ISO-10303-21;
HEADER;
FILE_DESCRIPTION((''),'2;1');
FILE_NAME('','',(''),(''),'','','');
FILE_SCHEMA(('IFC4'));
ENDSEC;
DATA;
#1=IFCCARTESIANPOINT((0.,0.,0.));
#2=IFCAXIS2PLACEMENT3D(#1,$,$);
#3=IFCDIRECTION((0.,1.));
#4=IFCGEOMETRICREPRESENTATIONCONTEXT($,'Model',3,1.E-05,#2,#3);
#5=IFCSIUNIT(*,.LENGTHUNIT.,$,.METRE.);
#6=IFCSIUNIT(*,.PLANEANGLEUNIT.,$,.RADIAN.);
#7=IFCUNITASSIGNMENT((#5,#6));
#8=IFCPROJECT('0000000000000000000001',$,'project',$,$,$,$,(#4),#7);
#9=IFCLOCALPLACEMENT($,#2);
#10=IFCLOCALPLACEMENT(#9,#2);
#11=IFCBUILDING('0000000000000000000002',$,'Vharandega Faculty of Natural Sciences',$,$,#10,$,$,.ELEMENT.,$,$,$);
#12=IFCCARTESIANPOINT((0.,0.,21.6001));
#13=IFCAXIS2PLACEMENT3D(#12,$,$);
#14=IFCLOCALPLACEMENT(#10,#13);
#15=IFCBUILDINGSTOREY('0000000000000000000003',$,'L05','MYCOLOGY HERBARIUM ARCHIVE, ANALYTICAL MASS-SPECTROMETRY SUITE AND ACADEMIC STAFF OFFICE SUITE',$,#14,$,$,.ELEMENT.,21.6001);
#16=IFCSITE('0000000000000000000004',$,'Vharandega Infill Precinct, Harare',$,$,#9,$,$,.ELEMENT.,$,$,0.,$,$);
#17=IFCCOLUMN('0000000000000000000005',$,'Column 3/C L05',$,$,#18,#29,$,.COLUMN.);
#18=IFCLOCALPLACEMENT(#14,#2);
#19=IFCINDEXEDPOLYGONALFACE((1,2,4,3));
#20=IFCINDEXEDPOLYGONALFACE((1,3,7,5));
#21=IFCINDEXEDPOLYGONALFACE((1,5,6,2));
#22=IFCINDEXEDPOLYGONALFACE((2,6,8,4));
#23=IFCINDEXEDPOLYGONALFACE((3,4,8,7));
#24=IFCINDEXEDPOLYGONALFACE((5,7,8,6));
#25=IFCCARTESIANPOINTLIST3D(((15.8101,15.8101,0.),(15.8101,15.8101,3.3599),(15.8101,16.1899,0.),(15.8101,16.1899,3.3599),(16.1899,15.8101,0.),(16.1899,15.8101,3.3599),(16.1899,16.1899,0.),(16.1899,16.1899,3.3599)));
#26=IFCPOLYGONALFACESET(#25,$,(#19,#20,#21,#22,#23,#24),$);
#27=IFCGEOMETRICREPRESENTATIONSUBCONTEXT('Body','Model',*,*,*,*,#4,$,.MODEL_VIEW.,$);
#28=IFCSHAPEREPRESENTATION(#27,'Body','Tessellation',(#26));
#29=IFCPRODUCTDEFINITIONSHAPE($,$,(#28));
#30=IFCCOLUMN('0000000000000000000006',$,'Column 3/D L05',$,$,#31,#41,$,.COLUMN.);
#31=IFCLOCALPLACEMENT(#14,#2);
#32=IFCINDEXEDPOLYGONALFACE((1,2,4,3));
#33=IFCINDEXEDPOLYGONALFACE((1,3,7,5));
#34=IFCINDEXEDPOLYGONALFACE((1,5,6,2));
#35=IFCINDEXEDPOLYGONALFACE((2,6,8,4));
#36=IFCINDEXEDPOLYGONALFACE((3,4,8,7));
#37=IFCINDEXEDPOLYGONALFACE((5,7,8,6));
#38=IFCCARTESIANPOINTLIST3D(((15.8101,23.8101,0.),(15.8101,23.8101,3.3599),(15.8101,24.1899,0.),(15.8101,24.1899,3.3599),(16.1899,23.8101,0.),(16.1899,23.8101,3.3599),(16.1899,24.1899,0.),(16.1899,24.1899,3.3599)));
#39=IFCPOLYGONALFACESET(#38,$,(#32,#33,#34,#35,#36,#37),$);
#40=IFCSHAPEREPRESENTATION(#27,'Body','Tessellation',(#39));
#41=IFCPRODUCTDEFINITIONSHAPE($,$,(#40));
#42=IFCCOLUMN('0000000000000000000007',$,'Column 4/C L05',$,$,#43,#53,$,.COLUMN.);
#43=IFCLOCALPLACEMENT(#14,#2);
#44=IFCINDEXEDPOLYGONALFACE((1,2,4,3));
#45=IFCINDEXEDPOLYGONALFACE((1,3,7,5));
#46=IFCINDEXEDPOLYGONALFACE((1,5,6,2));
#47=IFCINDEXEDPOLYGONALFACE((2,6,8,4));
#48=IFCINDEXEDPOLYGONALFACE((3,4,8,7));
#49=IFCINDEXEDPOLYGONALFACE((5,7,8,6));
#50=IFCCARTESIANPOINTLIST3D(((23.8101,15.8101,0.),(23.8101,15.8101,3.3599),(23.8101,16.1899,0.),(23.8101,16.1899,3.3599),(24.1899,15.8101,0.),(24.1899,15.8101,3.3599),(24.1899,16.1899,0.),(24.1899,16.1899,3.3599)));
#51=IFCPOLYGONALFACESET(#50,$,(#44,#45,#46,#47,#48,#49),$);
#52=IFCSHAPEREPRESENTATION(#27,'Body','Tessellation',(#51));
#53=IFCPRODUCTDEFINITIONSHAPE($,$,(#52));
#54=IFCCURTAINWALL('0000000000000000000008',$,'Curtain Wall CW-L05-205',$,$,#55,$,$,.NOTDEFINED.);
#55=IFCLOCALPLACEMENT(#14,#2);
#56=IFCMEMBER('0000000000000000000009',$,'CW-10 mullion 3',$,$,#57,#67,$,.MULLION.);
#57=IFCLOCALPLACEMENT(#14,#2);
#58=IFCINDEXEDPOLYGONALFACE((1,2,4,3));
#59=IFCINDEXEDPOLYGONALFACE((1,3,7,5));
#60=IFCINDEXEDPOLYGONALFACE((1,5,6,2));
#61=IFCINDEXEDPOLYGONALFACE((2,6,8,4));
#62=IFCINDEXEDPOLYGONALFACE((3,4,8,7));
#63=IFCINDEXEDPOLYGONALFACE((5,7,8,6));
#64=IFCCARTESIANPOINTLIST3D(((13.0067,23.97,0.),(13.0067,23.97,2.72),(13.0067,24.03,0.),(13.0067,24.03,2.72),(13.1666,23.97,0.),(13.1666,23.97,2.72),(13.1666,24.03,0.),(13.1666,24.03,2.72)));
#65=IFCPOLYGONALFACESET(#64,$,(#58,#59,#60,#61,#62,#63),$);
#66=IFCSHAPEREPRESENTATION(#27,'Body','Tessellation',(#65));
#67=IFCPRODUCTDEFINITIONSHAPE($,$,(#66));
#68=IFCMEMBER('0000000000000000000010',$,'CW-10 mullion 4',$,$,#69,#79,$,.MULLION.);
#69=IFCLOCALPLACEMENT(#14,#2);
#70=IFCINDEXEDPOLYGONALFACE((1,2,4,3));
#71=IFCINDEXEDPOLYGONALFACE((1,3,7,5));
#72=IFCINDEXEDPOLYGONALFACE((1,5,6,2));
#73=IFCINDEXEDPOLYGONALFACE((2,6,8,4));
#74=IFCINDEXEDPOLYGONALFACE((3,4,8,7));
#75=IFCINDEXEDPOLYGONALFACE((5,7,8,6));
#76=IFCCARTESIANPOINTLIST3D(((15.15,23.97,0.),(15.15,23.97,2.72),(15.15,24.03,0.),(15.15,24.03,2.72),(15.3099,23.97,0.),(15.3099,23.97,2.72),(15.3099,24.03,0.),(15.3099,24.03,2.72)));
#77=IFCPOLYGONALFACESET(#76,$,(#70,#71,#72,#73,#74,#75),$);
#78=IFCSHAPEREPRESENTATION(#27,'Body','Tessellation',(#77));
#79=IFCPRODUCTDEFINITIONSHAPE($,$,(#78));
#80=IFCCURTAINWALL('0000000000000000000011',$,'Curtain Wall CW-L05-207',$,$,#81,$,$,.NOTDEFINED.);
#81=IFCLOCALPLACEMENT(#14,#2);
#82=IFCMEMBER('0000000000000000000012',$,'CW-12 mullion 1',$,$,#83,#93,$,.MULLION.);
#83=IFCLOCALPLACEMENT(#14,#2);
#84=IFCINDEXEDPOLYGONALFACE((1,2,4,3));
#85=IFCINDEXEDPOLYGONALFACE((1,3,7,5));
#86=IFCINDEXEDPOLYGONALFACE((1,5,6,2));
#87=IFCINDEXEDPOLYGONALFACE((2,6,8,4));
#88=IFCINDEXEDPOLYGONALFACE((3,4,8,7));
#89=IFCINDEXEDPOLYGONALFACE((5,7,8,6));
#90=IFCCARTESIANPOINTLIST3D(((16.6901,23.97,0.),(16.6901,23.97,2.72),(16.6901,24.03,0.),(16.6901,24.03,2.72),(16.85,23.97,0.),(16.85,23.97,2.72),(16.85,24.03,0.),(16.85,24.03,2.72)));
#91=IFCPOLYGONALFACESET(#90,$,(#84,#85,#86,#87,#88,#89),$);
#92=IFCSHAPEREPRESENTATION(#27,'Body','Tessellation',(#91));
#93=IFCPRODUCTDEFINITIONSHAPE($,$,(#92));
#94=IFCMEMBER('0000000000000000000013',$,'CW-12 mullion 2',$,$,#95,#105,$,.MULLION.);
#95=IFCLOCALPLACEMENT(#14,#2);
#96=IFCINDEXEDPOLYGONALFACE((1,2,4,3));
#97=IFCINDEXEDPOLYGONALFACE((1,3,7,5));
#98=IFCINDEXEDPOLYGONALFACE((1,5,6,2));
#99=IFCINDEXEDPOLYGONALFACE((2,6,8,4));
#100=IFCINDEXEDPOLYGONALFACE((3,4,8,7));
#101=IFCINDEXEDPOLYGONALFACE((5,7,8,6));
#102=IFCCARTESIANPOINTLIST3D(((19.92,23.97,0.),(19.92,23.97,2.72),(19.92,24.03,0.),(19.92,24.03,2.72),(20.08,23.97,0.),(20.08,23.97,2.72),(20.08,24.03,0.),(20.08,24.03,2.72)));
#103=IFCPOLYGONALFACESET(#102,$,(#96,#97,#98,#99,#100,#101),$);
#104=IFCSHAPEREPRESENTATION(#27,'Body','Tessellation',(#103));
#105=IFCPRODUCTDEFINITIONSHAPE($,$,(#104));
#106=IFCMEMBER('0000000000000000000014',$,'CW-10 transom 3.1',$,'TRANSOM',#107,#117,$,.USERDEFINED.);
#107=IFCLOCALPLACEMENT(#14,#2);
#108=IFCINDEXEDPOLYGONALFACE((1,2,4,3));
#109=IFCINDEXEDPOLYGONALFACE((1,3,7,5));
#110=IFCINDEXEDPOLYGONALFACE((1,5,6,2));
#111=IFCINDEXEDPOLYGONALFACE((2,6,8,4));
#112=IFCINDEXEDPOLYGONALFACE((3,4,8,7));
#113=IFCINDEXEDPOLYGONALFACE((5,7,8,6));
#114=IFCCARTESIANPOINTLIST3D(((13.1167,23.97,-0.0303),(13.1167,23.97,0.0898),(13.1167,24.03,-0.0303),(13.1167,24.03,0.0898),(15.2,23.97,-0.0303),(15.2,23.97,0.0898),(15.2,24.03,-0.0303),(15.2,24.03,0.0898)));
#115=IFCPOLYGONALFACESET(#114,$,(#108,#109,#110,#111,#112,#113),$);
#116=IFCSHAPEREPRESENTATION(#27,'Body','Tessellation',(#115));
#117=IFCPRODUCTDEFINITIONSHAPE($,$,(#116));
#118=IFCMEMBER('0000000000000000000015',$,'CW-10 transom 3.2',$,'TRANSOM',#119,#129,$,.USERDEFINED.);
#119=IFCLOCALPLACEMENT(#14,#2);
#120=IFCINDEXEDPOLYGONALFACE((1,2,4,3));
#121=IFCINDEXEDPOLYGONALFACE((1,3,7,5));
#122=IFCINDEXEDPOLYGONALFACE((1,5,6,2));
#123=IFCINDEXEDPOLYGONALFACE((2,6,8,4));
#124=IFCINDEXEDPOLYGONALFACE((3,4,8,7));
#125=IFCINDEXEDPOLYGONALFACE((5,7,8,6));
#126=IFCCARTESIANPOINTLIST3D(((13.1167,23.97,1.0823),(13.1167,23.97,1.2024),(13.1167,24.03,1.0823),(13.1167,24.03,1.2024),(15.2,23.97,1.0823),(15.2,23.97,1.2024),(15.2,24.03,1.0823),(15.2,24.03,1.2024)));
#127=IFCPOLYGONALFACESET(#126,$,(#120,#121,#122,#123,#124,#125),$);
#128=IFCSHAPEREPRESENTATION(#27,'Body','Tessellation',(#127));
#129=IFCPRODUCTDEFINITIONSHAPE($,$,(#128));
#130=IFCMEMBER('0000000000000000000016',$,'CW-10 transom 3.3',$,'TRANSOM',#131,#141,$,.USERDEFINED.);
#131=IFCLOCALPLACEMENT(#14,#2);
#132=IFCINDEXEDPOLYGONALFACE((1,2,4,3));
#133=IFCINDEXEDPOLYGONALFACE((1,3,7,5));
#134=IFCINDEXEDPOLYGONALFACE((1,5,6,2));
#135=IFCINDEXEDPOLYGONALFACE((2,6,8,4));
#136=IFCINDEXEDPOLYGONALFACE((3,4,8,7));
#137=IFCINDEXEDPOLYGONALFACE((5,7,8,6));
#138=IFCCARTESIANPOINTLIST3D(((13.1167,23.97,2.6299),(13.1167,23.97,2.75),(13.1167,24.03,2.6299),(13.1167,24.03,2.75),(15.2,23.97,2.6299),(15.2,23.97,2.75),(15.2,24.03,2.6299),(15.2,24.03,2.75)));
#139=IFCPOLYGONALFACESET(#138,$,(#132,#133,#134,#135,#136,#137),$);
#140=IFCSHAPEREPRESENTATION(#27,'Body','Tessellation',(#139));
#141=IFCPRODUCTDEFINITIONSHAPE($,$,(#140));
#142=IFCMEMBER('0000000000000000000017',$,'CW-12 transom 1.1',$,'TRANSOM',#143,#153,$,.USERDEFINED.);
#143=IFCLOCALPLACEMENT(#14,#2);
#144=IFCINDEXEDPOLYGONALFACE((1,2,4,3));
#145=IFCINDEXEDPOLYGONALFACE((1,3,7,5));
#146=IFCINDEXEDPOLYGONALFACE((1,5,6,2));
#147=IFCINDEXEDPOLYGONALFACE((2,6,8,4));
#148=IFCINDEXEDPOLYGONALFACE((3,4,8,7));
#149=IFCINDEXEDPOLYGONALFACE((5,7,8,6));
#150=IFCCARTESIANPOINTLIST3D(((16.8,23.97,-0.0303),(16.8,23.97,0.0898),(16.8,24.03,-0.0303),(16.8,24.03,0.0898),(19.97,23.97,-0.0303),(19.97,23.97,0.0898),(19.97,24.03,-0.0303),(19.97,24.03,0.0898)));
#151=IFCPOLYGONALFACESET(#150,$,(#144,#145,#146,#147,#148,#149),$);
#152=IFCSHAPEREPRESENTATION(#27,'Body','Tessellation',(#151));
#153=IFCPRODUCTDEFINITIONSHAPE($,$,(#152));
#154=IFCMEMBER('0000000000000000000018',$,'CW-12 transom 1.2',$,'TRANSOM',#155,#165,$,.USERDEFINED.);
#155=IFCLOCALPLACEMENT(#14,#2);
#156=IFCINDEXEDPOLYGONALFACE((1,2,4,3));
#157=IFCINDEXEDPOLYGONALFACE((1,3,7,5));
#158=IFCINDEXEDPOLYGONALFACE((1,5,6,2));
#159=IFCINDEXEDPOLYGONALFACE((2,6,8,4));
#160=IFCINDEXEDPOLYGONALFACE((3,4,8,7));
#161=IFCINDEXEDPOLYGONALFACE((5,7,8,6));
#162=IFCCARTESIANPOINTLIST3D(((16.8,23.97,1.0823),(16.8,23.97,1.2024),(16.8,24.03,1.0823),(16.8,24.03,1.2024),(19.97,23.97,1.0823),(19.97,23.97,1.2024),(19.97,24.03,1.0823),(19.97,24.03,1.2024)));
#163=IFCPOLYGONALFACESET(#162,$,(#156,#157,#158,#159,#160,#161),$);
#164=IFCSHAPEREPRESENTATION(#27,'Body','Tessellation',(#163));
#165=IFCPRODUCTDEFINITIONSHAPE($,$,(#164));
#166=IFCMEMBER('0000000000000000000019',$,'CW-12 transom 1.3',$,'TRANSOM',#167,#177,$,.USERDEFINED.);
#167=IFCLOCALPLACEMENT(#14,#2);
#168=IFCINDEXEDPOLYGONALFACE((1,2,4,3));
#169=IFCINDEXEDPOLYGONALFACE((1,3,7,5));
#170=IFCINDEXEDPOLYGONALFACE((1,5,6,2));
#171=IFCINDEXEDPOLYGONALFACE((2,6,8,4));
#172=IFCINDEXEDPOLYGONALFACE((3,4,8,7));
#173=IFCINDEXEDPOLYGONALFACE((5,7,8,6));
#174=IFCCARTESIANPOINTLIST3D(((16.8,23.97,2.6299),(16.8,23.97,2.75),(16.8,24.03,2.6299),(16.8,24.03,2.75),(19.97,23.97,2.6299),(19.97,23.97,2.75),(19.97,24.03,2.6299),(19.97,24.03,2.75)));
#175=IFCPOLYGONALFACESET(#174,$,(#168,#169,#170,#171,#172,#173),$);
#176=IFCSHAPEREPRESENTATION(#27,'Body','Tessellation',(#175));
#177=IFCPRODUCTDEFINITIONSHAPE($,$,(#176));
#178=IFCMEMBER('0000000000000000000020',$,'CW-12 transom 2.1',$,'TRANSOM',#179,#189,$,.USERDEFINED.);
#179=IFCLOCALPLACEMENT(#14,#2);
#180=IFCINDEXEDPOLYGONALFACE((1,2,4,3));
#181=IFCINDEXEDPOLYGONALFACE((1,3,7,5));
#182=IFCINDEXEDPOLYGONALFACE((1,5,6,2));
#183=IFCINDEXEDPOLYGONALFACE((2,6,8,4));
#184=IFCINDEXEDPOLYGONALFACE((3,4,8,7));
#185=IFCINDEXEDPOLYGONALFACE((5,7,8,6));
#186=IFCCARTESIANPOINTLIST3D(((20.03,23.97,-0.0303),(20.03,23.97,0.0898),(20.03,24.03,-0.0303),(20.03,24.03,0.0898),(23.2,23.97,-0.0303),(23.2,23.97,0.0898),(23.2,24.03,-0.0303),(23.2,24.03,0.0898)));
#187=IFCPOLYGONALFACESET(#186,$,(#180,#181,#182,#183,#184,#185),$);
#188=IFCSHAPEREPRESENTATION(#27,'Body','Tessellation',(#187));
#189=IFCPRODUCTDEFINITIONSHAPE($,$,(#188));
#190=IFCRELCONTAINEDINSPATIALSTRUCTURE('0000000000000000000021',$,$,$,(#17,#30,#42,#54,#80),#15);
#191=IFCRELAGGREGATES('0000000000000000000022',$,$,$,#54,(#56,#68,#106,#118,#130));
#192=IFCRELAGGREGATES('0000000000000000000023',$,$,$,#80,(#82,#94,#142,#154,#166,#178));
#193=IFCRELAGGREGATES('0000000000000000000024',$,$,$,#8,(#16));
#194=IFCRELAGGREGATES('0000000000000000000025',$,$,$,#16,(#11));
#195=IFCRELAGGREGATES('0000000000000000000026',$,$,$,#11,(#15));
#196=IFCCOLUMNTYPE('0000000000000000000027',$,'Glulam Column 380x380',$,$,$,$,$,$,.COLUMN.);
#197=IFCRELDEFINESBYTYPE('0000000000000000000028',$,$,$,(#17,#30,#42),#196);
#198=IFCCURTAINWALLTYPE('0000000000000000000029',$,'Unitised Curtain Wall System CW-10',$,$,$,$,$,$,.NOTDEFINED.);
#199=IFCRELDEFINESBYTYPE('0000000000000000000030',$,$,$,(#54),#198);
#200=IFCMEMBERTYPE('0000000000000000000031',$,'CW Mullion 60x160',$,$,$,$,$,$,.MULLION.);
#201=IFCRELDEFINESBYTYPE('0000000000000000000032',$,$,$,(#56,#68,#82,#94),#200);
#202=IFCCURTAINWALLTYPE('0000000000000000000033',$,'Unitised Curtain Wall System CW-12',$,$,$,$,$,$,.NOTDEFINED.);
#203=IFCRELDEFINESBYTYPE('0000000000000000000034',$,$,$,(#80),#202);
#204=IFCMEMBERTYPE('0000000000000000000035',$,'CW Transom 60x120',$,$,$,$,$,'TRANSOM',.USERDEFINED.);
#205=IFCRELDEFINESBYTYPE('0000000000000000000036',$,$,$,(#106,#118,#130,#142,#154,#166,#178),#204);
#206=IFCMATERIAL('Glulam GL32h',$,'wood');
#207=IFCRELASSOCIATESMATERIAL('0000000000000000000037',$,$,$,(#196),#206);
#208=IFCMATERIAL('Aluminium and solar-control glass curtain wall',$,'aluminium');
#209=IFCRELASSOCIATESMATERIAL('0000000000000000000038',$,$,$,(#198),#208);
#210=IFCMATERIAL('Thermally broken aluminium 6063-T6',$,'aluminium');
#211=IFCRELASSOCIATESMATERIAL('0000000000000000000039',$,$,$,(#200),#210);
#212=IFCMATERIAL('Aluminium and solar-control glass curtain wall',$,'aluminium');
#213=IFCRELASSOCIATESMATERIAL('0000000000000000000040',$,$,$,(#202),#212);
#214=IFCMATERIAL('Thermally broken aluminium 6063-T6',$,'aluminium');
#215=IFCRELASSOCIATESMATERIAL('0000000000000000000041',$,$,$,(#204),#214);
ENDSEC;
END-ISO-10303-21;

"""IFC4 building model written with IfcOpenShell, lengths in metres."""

from ifc_helpers import new_model, si_unit, direction, frame, origin, origin_2d, place, context, subcontext, project, spatial, rectangle, extrude, material, material_profile, profile_set, type_object, element, aggregate, save


model = new_model("IFC4")

# Units and contexts
model_context = context("Model", 3, precision=1e-05, world=origin(), true_north=direction((0.0, 1.0)))
body_context = subcontext(model_context, "Body", "Model", "MODEL_VIEW")
ifc_project = project(units=[si_unit("LENGTHUNIT", "METRE"), si_unit("PLANEANGLEUNIT", "RADIAN")], contexts=[model_context])

# Site, building, storey
site_placement = place(None, origin())
site = spatial("IfcSite", under=ifc_project, at=site_placement, Name="Vharandega Infill Precinct, Harare", CompositionType="ELEMENT", RefElevation=0.0)
building_placement = place(site_placement, origin())
building = spatial("IfcBuilding", under=site, at=building_placement, Name="Vharandega Faculty of Natural Sciences", CompositionType="ELEMENT")
storey_placement = place(building_placement, frame((0.0, 0.0, 21.6001)))
storey = spatial("IfcBuildingStorey", under=building, at=storey_placement, Name="L05", Description="MYCOLOGY HERBARIUM ARCHIVE, ANALYTICAL MASS-SPECTROMETRY SUITE AND ACADEMIC STAFF OFFICE SUITE", CompositionType="ELEMENT", Elevation=21.6001)

# Columns
ifc_material_1 = material(Name="Glulam GL32h", Category="wood")
ifc_material_profile_1 = material_profile(ifc_material_1, rectangle(XDim=0.3799, YDim=0.3799, at=origin_2d()), Name="GL32h 380x380")
ifc_profile_set_1 = profile_set([ifc_material_profile_1], Name="Glulam GL32h")
column_type = type_object("IfcColumnType", Name="Glulam Column 380x380", PredefinedType="COLUMN", material=ifc_profile_set_1)
for number, where, z_axis, x_axis, name in (
    (1, (16.0, 16.0, 0.0), (0.0, 0.0, 1.0), (1.0, 0.0, 0.0), "Column 3/C L05"),
    (2, (16.0, 24.0, 0.0), (0.0, 0.0, 1.0), (1.0, 0.0, 0.0), "Column 3/D L05"),
    (3, (24.0, 16.0, 0.0), (0.0, 0.0, 1.0), (1.0, 0.0, 0.0), "Column 4/C L05"),
):
    element("IfcColumn", number, at=place(storey_placement, frame(where, z_axis=z_axis, x_axis=x_axis)), inside=storey, type_object=column_type, Name=name, PredefinedType="COLUMN", context=body_context, shape_type="SweptSolid", body=[
        extrude(rectangle(XDim=0.3799, YDim=0.3799, at=origin_2d()), origin(), (0.0, 0.0, 1.0), 3.3599),
    ])

# Curtain walls, members
ifc_material_2 = material(Name="Aluminium and solar-control glass curtain wall", Category="aluminium")
curtain_wall_type_1 = type_object("IfcCurtainWallType", Name="Unitised Curtain Wall System CW-10", PredefinedType="NOTDEFINED", material=ifc_material_2)
curtain_wall_1_placement = place(storey_placement, origin())
curtain_wall_1 = element("IfcCurtainWall", 4, at=curtain_wall_1_placement, inside=storey, type_object=curtain_wall_type_1, Name="Curtain Wall CW-L05-205", PredefinedType="NOTDEFINED")
ifc_material_3 = material(Name="Thermally broken aluminium 6063-T6", Category="aluminium")
ifc_material_profile_2 = material_profile(ifc_material_3, rectangle(XDim=0.0601, YDim=0.1599, at=origin_2d()), Name="ALU 60x160")
ifc_profile_set_2 = profile_set([ifc_material_profile_2], Name="Thermally broken aluminium 6063-T6")
member_type_1 = type_object("IfcMemberType", Name="CW Mullion 60x160", PredefinedType="MULLION", material=ifc_profile_set_2)
member_1_placement = place(storey_placement, frame((13.0867, 24.0, 0.0), z_axis=(0.0, 0.0, 1.0), x_axis=(0.0, 1.0, 0.0)))
member_1 = element("IfcMember", 5, at=member_1_placement, type_object=member_type_1, Name="CW-10 mullion 3", PredefinedType="MULLION", context=body_context, shape_type="SweptSolid", body=[
    extrude(rectangle(XDim=0.0601, YDim=0.1599, at=origin_2d()), origin(), (0.0, 0.0, 1.0), 2.72),
])
member_2_placement = place(storey_placement, frame((15.23, 24.0, 0.0), z_axis=(0.0, 0.0, 1.0), x_axis=(0.0, 1.0, 0.0)))
member_2 = element("IfcMember", 6, at=member_2_placement, type_object=member_type_1, Name="CW-10 mullion 4", PredefinedType="MULLION", context=body_context, shape_type="SweptSolid", body=[
    extrude(rectangle(XDim=0.0601, YDim=0.1599, at=origin_2d()), origin(), (0.0, 0.0, 1.0), 2.72),
])
ifc_material_4 = material(Name="Aluminium and solar-control glass curtain wall", Category="aluminium")
curtain_wall_type_2 = type_object("IfcCurtainWallType", Name="Unitised Curtain Wall System CW-12", PredefinedType="NOTDEFINED", material=ifc_material_4)
curtain_wall_2_placement = place(storey_placement, origin())
curtain_wall_2 = element("IfcCurtainWall", 7, at=curtain_wall_2_placement, inside=storey, type_object=curtain_wall_type_2, Name="Curtain Wall CW-L05-207", PredefinedType="NOTDEFINED")
member_3_placement = place(storey_placement, frame((16.77, 24.0, 0.0), z_axis=(0.0, 0.0, 1.0), x_axis=(0.0, 1.0, 0.0)))
member_3 = element("IfcMember", 8, at=member_3_placement, type_object=member_type_1, Name="CW-12 mullion 1", PredefinedType="MULLION", context=body_context, shape_type="SweptSolid", body=[
    extrude(rectangle(XDim=0.0601, YDim=0.1599, at=origin_2d()), origin(), (0.0, 0.0, 1.0), 2.72),
])
member_4_placement = place(storey_placement, frame((20.0, 24.0, 0.0), z_axis=(0.0, 0.0, 1.0), x_axis=(0.0, 1.0, 0.0)))
member_4 = element("IfcMember", 9, at=member_4_placement, type_object=member_type_1, Name="CW-12 mullion 2", PredefinedType="MULLION", context=body_context, shape_type="SweptSolid", body=[
    extrude(rectangle(XDim=0.0601, YDim=0.1599, at=origin_2d()), origin(), (0.0, 0.0, 1.0), 2.72),
])

# Members
ifc_material_5 = material(Name="Thermally broken aluminium 6063-T6", Category="aluminium")
ifc_material_profile_3 = material_profile(ifc_material_5, rectangle(XDim=0.0601, YDim=0.1201, at=origin_2d()), Name="ALU 60x120")
ifc_profile_set_3 = profile_set([ifc_material_profile_3], Name="Thermally broken aluminium 6063-T6")
member_type_2 = type_object("IfcMemberType", Name="CW Transom 60x120", ElementType="TRANSOM", PredefinedType="USERDEFINED", material=ifc_profile_set_3)
member_5_placement = place(storey_placement, frame((13.1167, 24.0, 0.0298), z_axis=(1.0, 0.0, 0.0), x_axis=(0.0, 1.0, 0.0)))
member_5 = element("IfcMember", 10, at=member_5_placement, type_object=member_type_2, Name="CW-10 transom 3.1", ObjectType="TRANSOM", PredefinedType="USERDEFINED", context=body_context, shape_type="SweptSolid", body=[
    extrude(rectangle(XDim=0.0601, YDim=0.1201, at=origin_2d()), origin(), (0.0, 0.0, 1.0), 2.0833),
])
member_6_placement = place(storey_placement, frame((13.1167, 24.0, 1.1423), z_axis=(1.0, 0.0, 0.0), x_axis=(0.0, 1.0, 0.0)))
member_6 = element("IfcMember", 11, at=member_6_placement, type_object=member_type_2, Name="CW-10 transom 3.2", ObjectType="TRANSOM", PredefinedType="USERDEFINED", context=body_context, shape_type="SweptSolid", body=[
    extrude(rectangle(XDim=0.0601, YDim=0.1201, at=origin_2d()), origin(), (0.0, 0.0, 1.0), 2.0833),
])
member_7_placement = place(storey_placement, frame((13.1167, 24.0, 2.6899), z_axis=(1.0, 0.0, 0.0), x_axis=(0.0, 1.0, 0.0)))
member_7 = element("IfcMember", 12, at=member_7_placement, type_object=member_type_2, Name="CW-10 transom 3.3", ObjectType="TRANSOM", PredefinedType="USERDEFINED", context=body_context, shape_type="SweptSolid", body=[
    extrude(rectangle(XDim=0.0601, YDim=0.1201, at=origin_2d()), origin(), (0.0, 0.0, 1.0), 2.0833),
])
member_8_placement = place(storey_placement, frame((16.8, 24.0, 0.0298), z_axis=(1.0, 0.0, 0.0), x_axis=(0.0, 1.0, 0.0)))
member_8 = element("IfcMember", 13, at=member_8_placement, type_object=member_type_2, Name="CW-12 transom 1.1", ObjectType="TRANSOM", PredefinedType="USERDEFINED", context=body_context, shape_type="SweptSolid", body=[
    extrude(rectangle(XDim=0.0601, YDim=0.1201, at=origin_2d()), origin(), (0.0, 0.0, 1.0), 3.1699),
])
member_9_placement = place(storey_placement, frame((16.8, 24.0, 1.1423), z_axis=(1.0, 0.0, 0.0), x_axis=(0.0, 1.0, 0.0)))
member_9 = element("IfcMember", 14, at=member_9_placement, type_object=member_type_2, Name="CW-12 transom 1.2", ObjectType="TRANSOM", PredefinedType="USERDEFINED", context=body_context, shape_type="SweptSolid", body=[
    extrude(rectangle(XDim=0.0601, YDim=0.1201, at=origin_2d()), origin(), (0.0, 0.0, 1.0), 3.1699),
])
member_10_placement = place(storey_placement, frame((16.8, 24.0, 2.6899), z_axis=(1.0, 0.0, 0.0), x_axis=(0.0, 1.0, 0.0)))
member_10 = element("IfcMember", 15, at=member_10_placement, type_object=member_type_2, Name="CW-12 transom 1.3", ObjectType="TRANSOM", PredefinedType="USERDEFINED", context=body_context, shape_type="SweptSolid", body=[
    extrude(rectangle(XDim=0.0601, YDim=0.1201, at=origin_2d()), origin(), (0.0, 0.0, 1.0), 3.1699),
])
member_11_placement = place(storey_placement, frame((20.03, 24.0, 0.0298), z_axis=(1.0, 0.0, 0.0), x_axis=(0.0, 1.0, 0.0)))
member_11 = element("IfcMember", 16, at=member_11_placement, type_object=member_type_2, Name="CW-12 transom 2.1", ObjectType="TRANSOM", PredefinedType="USERDEFINED", context=body_context, shape_type="SweptSolid", body=[
    extrude(rectangle(XDim=0.0601, YDim=0.1201, at=origin_2d()), origin(), (0.0, 0.0, 1.0), 3.1699),
])

aggregate(curtain_wall_1, [member_1, member_2, member_5, member_6, member_7])
aggregate(curtain_wall_2, [member_3, member_4, member_8, member_9, member_10, member_11])

save(model, "model.ifc")
